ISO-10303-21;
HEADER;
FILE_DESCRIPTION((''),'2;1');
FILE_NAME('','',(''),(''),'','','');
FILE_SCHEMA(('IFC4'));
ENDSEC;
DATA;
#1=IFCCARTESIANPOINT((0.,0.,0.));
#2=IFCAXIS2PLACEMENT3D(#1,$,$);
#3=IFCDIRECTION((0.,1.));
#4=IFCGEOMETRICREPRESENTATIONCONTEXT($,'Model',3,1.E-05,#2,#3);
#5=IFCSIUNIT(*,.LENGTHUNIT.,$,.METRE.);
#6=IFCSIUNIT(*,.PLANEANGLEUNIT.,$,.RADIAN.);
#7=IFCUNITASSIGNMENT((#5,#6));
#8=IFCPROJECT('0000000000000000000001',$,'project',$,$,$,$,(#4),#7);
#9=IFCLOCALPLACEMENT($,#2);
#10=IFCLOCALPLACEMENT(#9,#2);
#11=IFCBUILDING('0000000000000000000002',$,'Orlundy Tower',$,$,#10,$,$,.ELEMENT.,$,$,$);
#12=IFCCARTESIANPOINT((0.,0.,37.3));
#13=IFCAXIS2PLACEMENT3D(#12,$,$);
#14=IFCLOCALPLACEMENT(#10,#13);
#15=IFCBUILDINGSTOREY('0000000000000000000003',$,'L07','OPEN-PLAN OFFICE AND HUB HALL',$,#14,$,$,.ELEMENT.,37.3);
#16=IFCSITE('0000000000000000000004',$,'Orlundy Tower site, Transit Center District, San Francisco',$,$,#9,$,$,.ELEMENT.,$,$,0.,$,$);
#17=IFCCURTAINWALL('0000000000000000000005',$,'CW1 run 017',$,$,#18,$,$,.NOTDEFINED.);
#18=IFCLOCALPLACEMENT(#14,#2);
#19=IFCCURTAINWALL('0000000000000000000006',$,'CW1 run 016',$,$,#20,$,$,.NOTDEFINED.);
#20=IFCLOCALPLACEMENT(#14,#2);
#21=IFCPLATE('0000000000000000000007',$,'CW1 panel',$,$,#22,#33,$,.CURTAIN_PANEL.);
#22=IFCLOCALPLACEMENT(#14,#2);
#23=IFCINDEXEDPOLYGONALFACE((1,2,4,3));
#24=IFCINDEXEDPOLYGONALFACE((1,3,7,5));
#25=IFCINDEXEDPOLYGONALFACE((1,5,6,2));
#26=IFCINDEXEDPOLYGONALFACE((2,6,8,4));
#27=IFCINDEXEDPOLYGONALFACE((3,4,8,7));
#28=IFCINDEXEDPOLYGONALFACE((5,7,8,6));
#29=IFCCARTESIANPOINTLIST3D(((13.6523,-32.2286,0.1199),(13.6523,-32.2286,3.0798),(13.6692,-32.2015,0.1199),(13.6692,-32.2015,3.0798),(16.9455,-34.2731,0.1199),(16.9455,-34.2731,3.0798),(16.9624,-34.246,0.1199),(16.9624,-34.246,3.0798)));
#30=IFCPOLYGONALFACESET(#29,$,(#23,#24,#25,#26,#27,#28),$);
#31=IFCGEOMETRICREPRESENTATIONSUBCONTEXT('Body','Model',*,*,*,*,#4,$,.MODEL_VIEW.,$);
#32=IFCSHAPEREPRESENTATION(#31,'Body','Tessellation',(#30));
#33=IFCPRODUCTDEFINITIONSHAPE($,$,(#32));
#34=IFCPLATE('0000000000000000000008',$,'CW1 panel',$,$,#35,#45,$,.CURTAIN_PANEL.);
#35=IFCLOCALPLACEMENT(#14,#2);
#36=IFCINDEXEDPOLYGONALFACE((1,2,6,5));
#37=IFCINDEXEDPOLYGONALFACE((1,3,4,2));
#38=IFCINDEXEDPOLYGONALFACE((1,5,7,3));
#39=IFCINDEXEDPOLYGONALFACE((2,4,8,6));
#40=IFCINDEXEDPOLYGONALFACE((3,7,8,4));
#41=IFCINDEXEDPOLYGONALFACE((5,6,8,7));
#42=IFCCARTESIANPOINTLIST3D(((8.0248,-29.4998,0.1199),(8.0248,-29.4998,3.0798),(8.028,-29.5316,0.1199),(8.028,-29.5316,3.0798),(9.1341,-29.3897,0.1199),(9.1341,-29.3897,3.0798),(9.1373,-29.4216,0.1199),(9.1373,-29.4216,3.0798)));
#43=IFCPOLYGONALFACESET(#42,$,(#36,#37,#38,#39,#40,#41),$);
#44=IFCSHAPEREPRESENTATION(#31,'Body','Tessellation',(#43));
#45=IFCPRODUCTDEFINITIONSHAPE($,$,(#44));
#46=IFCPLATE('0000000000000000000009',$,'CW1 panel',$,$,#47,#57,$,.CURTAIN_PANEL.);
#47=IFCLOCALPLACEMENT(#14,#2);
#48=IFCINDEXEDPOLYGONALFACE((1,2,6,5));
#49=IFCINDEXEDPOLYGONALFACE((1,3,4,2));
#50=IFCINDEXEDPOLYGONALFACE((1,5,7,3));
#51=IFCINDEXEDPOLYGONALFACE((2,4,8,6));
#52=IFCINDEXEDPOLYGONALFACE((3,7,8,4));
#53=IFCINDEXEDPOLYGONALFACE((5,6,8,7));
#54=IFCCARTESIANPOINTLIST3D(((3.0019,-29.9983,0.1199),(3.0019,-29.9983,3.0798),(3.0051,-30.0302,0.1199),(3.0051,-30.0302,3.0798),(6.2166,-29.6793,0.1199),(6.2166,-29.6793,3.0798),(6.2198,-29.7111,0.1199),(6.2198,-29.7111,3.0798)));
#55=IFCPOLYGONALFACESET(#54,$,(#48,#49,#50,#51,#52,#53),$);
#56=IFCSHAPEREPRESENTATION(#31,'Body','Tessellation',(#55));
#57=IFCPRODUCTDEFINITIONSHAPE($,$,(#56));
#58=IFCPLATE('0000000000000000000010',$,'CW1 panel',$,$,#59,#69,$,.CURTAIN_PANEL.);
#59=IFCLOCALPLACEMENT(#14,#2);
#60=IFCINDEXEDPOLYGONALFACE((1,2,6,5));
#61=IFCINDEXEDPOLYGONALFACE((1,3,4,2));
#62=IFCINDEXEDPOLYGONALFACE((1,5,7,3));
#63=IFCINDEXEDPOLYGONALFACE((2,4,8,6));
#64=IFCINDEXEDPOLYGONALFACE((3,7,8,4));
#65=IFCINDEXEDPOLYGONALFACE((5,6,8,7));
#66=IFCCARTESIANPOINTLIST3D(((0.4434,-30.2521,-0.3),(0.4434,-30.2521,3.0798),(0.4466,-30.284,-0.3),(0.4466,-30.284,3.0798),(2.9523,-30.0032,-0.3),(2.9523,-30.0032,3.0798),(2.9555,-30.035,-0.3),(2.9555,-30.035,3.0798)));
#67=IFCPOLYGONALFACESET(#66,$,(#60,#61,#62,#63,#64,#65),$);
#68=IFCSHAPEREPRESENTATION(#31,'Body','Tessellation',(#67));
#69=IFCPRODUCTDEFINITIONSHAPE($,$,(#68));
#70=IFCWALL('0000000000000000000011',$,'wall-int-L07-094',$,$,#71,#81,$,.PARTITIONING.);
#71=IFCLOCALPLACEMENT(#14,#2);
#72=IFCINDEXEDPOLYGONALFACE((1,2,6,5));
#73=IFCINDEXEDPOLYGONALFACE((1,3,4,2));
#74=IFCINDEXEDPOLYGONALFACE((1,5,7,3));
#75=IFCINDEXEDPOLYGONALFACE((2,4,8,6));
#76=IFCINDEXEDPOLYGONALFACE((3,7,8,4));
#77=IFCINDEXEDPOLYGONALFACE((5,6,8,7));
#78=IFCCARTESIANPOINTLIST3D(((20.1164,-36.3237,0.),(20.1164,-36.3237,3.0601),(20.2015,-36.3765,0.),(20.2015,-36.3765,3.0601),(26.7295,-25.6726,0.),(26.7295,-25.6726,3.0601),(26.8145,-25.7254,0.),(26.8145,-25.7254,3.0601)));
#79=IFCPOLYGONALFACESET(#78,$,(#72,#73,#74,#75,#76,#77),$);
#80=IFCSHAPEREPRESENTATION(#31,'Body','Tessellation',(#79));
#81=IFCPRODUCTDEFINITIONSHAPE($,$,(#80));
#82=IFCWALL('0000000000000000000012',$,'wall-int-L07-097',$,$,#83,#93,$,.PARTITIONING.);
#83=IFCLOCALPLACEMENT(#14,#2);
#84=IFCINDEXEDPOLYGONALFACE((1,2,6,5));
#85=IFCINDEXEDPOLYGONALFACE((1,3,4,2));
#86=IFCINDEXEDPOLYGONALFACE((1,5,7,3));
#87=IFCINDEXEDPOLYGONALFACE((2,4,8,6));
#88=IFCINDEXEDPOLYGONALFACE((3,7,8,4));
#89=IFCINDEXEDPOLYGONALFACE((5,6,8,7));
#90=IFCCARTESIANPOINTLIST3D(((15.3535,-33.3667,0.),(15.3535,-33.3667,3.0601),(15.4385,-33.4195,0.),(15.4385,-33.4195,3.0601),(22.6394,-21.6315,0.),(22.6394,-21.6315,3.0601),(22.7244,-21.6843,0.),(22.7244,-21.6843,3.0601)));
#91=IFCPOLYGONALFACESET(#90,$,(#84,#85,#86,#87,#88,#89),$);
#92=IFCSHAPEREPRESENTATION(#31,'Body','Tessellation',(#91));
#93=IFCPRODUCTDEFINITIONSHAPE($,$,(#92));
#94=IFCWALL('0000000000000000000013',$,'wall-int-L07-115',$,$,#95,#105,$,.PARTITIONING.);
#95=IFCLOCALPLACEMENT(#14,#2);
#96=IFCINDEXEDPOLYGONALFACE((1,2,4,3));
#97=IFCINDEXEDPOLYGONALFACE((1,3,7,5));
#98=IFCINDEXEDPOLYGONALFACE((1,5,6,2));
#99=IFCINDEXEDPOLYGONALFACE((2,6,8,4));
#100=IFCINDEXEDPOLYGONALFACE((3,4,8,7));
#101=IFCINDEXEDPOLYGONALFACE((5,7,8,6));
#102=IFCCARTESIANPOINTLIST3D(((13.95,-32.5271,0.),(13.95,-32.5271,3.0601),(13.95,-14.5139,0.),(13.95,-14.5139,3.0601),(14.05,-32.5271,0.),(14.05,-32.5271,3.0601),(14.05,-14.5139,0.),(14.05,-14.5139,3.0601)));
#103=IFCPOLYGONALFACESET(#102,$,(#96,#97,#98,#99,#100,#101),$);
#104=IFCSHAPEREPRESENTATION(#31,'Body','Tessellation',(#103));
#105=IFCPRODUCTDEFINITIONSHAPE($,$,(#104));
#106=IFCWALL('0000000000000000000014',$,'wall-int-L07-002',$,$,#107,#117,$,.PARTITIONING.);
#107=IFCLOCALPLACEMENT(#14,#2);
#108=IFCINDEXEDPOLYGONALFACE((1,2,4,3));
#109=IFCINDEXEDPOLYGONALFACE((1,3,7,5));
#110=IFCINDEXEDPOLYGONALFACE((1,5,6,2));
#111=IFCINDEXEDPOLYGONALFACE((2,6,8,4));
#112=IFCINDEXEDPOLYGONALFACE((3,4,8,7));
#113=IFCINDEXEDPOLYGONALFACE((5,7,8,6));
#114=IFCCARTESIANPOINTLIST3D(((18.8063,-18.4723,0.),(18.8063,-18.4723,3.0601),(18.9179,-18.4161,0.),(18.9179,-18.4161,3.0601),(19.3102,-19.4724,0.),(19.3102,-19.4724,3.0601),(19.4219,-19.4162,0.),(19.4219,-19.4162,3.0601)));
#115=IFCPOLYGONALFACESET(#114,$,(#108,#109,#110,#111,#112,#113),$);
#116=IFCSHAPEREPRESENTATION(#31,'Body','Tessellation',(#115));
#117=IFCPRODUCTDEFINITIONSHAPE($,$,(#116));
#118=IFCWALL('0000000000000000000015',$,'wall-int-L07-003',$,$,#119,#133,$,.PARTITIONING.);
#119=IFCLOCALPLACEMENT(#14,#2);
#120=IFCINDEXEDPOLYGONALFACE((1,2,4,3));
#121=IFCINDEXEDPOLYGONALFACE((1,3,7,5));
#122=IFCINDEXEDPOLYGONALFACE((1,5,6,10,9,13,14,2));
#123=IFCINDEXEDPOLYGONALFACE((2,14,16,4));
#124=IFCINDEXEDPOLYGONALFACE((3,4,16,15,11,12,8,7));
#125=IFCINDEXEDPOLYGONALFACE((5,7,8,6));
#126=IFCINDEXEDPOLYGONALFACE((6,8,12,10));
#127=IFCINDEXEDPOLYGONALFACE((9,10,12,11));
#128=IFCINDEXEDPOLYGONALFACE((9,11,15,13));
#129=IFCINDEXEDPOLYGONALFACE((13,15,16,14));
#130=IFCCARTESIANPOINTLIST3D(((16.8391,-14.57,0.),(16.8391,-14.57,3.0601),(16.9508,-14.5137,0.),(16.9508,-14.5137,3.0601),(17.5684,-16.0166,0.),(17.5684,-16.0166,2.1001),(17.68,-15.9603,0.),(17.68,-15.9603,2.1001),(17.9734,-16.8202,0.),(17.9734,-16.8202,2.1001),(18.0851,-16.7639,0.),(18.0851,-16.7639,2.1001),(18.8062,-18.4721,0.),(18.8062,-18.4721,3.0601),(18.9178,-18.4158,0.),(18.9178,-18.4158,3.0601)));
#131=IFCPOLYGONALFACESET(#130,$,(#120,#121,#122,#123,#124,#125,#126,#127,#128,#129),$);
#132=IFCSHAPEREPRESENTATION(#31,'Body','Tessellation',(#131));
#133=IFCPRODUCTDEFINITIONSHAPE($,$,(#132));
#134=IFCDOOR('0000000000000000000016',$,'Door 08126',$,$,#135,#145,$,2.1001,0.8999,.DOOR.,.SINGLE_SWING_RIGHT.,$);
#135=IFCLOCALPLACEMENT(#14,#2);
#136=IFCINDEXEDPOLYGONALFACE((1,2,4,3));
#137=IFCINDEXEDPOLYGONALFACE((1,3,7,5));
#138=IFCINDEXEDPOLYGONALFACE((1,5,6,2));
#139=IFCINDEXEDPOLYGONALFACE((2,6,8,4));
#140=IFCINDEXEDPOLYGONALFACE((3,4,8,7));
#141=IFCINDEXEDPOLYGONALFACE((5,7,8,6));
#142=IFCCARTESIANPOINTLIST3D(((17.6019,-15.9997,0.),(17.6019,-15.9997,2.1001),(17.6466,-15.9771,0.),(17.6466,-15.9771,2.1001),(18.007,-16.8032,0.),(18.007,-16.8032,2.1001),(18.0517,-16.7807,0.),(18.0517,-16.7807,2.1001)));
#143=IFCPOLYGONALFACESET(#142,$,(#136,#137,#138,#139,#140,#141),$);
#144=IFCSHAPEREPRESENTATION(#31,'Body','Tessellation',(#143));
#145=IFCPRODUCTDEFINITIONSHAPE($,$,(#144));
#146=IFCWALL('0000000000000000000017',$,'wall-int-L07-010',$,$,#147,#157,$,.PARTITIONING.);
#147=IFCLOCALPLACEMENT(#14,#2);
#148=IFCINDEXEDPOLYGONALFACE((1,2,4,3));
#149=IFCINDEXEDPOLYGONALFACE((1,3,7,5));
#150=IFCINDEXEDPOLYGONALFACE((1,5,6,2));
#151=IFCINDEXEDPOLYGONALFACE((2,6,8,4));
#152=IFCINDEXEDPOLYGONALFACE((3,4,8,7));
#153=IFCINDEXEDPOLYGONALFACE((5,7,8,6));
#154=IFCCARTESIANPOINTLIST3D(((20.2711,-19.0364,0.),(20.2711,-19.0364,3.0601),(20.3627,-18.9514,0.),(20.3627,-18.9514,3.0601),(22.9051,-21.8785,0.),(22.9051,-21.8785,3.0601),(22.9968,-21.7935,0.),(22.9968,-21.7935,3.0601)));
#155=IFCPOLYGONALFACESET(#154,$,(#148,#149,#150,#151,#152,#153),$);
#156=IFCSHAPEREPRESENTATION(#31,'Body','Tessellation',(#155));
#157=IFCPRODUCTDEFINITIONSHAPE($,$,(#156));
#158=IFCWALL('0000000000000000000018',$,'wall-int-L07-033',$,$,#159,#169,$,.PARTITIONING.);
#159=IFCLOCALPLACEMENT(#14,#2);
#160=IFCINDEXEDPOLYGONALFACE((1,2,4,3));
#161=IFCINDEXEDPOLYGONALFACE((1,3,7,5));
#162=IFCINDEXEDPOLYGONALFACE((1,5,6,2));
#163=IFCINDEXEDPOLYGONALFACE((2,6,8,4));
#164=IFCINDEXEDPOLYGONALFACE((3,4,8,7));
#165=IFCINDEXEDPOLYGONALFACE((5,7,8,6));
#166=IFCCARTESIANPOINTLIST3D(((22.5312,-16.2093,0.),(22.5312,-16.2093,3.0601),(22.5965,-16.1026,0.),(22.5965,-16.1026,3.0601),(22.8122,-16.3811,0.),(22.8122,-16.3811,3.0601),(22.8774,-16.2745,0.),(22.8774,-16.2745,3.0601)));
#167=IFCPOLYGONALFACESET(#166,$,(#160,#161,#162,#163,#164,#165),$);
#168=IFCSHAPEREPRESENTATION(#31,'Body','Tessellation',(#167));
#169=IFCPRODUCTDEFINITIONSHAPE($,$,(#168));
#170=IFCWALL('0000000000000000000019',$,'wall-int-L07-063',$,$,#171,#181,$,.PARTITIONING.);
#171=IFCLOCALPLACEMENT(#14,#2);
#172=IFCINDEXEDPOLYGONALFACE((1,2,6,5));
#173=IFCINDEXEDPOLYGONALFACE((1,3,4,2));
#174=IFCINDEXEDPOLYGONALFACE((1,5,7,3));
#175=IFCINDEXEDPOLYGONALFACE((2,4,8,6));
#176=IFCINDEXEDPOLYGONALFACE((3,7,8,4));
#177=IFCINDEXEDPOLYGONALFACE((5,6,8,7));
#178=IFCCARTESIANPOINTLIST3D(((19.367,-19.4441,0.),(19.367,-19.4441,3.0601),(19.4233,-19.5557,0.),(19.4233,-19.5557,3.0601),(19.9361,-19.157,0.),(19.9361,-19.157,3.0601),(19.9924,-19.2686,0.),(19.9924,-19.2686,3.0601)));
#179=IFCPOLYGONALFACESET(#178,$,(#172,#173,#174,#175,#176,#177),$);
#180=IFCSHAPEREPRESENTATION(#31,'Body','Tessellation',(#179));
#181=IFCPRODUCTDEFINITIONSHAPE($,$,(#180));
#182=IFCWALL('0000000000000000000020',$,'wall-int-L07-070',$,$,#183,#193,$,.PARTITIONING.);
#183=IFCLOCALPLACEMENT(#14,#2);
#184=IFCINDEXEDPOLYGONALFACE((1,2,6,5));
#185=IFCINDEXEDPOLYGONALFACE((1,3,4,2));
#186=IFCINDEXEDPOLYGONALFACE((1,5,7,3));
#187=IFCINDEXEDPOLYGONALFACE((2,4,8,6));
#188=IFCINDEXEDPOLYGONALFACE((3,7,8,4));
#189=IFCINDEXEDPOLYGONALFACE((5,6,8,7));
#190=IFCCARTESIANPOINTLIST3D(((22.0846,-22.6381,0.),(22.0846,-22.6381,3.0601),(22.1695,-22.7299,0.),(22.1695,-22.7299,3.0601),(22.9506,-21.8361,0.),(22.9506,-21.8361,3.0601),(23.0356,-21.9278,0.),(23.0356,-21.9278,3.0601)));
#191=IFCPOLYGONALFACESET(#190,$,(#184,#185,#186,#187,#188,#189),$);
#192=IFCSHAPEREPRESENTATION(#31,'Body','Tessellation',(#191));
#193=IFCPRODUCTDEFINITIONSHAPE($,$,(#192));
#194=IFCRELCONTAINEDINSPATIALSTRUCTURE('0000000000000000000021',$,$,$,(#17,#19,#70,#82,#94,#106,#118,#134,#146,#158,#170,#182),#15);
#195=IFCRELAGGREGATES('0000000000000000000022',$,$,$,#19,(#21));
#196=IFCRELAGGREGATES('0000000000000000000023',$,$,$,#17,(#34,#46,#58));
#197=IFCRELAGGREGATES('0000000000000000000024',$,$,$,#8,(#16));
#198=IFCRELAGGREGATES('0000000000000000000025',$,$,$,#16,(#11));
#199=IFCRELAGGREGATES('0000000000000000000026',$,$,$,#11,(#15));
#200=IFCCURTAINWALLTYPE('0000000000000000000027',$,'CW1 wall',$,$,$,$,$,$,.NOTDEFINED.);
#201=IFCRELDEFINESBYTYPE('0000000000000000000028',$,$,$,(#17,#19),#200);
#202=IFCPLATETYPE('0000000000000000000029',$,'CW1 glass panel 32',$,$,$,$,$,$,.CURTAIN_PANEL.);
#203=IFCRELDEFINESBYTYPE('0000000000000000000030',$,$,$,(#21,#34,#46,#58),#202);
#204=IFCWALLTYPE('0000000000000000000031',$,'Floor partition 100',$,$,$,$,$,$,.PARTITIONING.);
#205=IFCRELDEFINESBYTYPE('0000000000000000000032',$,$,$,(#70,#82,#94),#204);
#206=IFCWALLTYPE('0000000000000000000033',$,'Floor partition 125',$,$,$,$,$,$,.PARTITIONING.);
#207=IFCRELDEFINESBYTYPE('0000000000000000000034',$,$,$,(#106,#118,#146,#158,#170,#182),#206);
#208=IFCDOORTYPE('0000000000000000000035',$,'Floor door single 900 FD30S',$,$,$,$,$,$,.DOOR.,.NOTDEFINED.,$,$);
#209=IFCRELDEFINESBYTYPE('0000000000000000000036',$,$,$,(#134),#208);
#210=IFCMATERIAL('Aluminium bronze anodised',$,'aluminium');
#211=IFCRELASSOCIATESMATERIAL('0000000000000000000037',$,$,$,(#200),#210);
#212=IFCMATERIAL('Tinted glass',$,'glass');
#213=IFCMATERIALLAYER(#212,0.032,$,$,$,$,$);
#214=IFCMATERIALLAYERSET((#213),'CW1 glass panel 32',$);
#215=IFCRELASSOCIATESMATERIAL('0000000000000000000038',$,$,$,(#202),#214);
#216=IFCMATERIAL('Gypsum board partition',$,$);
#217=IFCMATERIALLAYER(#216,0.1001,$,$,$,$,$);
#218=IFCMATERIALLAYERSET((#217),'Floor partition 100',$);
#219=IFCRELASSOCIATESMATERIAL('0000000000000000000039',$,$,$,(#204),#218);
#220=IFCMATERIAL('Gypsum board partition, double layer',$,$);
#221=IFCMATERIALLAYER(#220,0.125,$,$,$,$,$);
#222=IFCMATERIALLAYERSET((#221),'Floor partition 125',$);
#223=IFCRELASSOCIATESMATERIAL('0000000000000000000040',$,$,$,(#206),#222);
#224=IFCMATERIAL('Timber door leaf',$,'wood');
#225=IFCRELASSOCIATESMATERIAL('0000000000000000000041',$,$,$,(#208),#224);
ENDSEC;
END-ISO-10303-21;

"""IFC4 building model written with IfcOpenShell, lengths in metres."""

from ifc_helpers import new_model, si_unit, direction, frame, frame_2d, origin, origin_2d, place, context, subcontext, project, spatial, rectangle, extrude, material, layer, layer_set, type_object, element, fill, aggregate, save


model = new_model("IFC4")

# Units and contexts
model_context = context("Model", 3, precision=1e-05, world=origin(), true_north=direction((0.0, 1.0)))
body_context = subcontext(model_context, "Body", "Model", "MODEL_VIEW")
ifc_project = project(units=[si_unit("LENGTHUNIT", "METRE"), si_unit("PLANEANGLEUNIT", "RADIAN")], contexts=[model_context])

# Site, building, storey
site_placement = place(None, origin())
site = spatial("IfcSite", under=ifc_project, at=site_placement, Name="Orlundy Tower site, Transit Center District, San Francisco", CompositionType="ELEMENT", RefElevation=0.0)
building_placement = place(site_placement, origin())
building = spatial("IfcBuilding", under=site, at=building_placement, Name="Orlundy Tower", CompositionType="ELEMENT")
storey_placement = place(building_placement, frame((0.0, 0.0, 37.3)))
storey = spatial("IfcBuildingStorey", under=building, at=storey_placement, Name="L07", Description="OPEN-PLAN OFFICE AND HUB HALL", CompositionType="ELEMENT", Elevation=37.3)

# Curtain walls
ifc_material_1 = material(Name="Aluminium bronze anodised", Category="aluminium")
curtain_wall_type = type_object("IfcCurtainWallType", Name="CW1 wall", PredefinedType="NOTDEFINED", material=ifc_material_1)
curtain_wall_1_placement = place(storey_placement, origin())
curtain_wall_1 = element("IfcCurtainWall", 1, at=curtain_wall_1_placement, inside=storey, type_object=curtain_wall_type, Name="CW1 run 017", PredefinedType="NOTDEFINED")
curtain_wall_2_placement = place(storey_placement, origin())
curtain_wall_2 = element("IfcCurtainWall", 2, at=curtain_wall_2_placement, inside=storey, type_object=curtain_wall_type, Name="CW1 run 016", PredefinedType="NOTDEFINED")

# Plates
ifc_material_2 = material(Name="Tinted glass", Category="glass")
ifc_layer_1 = layer(ifc_material_2, 0.032)
ifc_layer_set_1 = layer_set([ifc_layer_1], Name="CW1 glass panel 32")
plate_type = type_object("IfcPlateType", Name="CW1 glass panel 32", PredefinedType="CURTAIN_PANEL", material=ifc_layer_set_1)
plate_1_placement = place(storey_placement, frame((15.3074, -33.2373, 0.1199), z_axis=(0.0, 0.0, 1.0), x_axis=(-0.849587, 0.527449, 0.0)))
plate_1 = element("IfcPlate", 3, at=plate_1_placement, type_object=plate_type, Name="CW1 panel", PredefinedType="CURTAIN_PANEL", context=body_context, shape_type="SweptSolid", body=[
    extrude(rectangle(XDim=3.8762, YDim=0.032, at=origin_2d()), origin(), (0.0, 0.0, 1.0), 2.96),
])
aggregate(curtain_wall_2, [plate_1])
plate_2_placement = place(storey_placement, frame((8.5811, -29.4607, 0.1199), z_axis=(0.0, 0.0, 1.0), x_axis=(-0.995112, -0.09875, 0.0)))
plate_2 = element("IfcPlate", 4, at=plate_2_placement, type_object=plate_type, Name="CW1 panel", PredefinedType="CURTAIN_PANEL", context=body_context, shape_type="SweptSolid", body=[
    extrude(rectangle(XDim=1.1147, YDim=0.032, at=origin_2d()), origin(), (0.0, 0.0, 1.0), 2.96),
])
plate_3_placement = place(storey_placement, frame((4.6108, -29.8547, 0.1199), z_axis=(0.0, 0.0, 1.0), x_axis=(-0.995112, -0.09875, 0.0)))
plate_3 = element("IfcPlate", 5, at=plate_3_placement, type_object=plate_type, Name="CW1 panel", PredefinedType="CURTAIN_PANEL", context=body_context, shape_type="SweptSolid", body=[
    extrude(rectangle(XDim=3.2305, YDim=0.032, at=origin_2d()), origin(), (0.0, 0.0, 1.0), 2.96),
])
plate_4_placement = place(storey_placement, frame((1.6995, -30.1436, -0.3), z_axis=(0.0, 0.0, 1.0), x_axis=(-0.995112, -0.09875, 0.0)))
plate_4 = element("IfcPlate", 6, at=plate_4_placement, type_object=plate_type, Name="CW1 panel", PredefinedType="CURTAIN_PANEL", context=body_context, shape_type="SweptSolid", body=[
    extrude(rectangle(XDim=2.5212, YDim=0.032, at=origin_2d()), origin(), (0.0, 0.0, 1.0), 3.3799),
])
aggregate(curtain_wall_1, [plate_2, plate_3, plate_4])

# Walls
ifc_material_3 = material(Name="Gypsum board partition")
ifc_layer_2 = layer(ifc_material_3, 0.1001)
ifc_layer_set_2 = layer_set([ifc_layer_2], Name="Floor partition 100")
wall_type_1 = type_object("IfcWallType", Name="Floor partition 100", PredefinedType="PARTITIONING", material=ifc_layer_set_2)
wall_1_placement = place(storey_placement, frame((20.1589, -36.3501, 0.0), z_axis=(0.0, 0.0, 1.0), x_axis=(0.527478, 0.849569, 0.0)))
element("IfcWall", 7, at=wall_1_placement, inside=storey, type_object=wall_type_1, Name="wall-int-L07-094", PredefinedType="PARTITIONING", context=body_context, shape_type="SweptSolid", body=[
    extrude(rectangle(XDim=12.5371, YDim=0.1001, at=frame_2d((6.2686, 0.0))), origin(), (0.0, 0.0, 1.0), 3.0601),
])
wall_2_placement = place(storey_placement, frame((15.396, -33.3931, 0.0), z_axis=(0.0, 0.0, 1.0), x_axis=(0.527469, 0.849574, 0.0)))
element("IfcWall", 8, at=wall_2_placement, inside=storey, type_object=wall_type_1, Name="wall-int-L07-097", PredefinedType="PARTITIONING", context=body_context, shape_type="SweptSolid", body=[
    extrude(rectangle(XDim=13.813, YDim=0.1001, at=frame_2d((6.9065, 0.0))), origin(), (0.0, 0.0, 1.0), 3.0601),
])
wall_3_placement = place(storey_placement, frame((14.0, -32.5271, 0.0), z_axis=(0.0, 0.0, 1.0), x_axis=(0.0, 1.0, 0.0)))
element("IfcWall", 9, at=wall_3_placement, inside=storey, type_object=wall_type_1, Name="wall-int-L07-115", PredefinedType="PARTITIONING", context=body_context, shape_type="SweptSolid", body=[
    extrude(rectangle(XDim=18.0132, YDim=0.1001, at=frame_2d((9.0066, 0.0))), origin(), (0.0, 0.0, 1.0), 3.0601),
])
ifc_material_4 = material(Name="Gypsum board partition, double layer")
ifc_layer_3 = layer(ifc_material_4, 0.125)
ifc_layer_set_3 = layer_set([ifc_layer_3], Name="Floor partition 125")
wall_type_2 = type_object("IfcWallType", Name="Floor partition 125", PredefinedType="PARTITIONING", material=ifc_layer_set_3)
wall_4_placement = place(storey_placement, frame((18.8621, -18.4441, 0.0), z_axis=(0.0, 0.0, 1.0), x_axis=(0.450002, -0.893027, 0.0)))
element("IfcWall", 10, at=wall_4_placement, inside=storey, type_object=wall_type_2, Name="wall-int-L07-002", PredefinedType="PARTITIONING", context=body_context, shape_type="SweptSolid", body=[
    extrude(rectangle(XDim=1.1199, YDim=0.125, at=frame_2d((0.5601, 0.0))), origin(), (0.0, 0.0, 1.0), 3.0601),
])

# Wall, opening, door
wall_5_placement = place(storey_placement, frame((18.8621, -18.4441, 0.0), z_axis=(0.0, 0.0, 1.0), x_axis=(-0.450139, 0.892959, 0.0)))
wall_5 = element("IfcWall", 11, at=wall_5_placement, inside=storey, type_object=wall_type_2, Name="wall-int-L07-003", PredefinedType="PARTITIONING", context=body_context, shape_type="SweptSolid", body=[
    extrude(rectangle(XDim=4.3699, YDim=0.125, at=frame_2d((2.1851, 0.0))), origin(), (0.0, 0.0, 1.0), 3.0601),
])
opening_1_placement = place(wall_5_placement, frame((1.8501, 0.0, 0.0)))
opening_1 = element("IfcOpeningElement", 12, at=opening_1_placement, cuts=wall_5, PredefinedType="OPENING", context=body_context, shape_type="SweptSolid", body=[
    extrude(rectangle(XDim=0.8999, YDim=2.1001, at=frame_2d((0.45, 1.05))), frame((0.0, 0.0725, 0.0), z_axis=(0.0, -1.0, 0.0), x_axis=(1.0, 0.0, 0.0)), (0.0, 0.0, 1.0), 0.145),
])
ifc_material_5 = material(Name="Timber door leaf", Category="wood")
door_type_1 = type_object("IfcDoorType", Name="Floor door single 900 FD30S", OperationType="NOTDEFINED", PredefinedType="DOOR", material=ifc_material_5)
door_1_placement = place(opening_1_placement, origin())
door_1 = element("IfcDoor", 13, at=door_1_placement, inside=storey, type_object=door_type_1, Name="Door 08126", OperationType="SINGLE_SWING_RIGHT", OverallHeight=2.1001, OverallWidth=0.8999, PredefinedType="DOOR", context=body_context, shape_type="SweptSolid", body=[
    extrude(rectangle(XDim=0.8999, YDim=2.1001, at=frame_2d((0.45, 1.05))), frame((0.0, 0.0249, 0.0), z_axis=(0.0, -1.0, 0.0), x_axis=(1.0, 0.0, 0.0)), (0.0, 0.0, 1.0), 0.05),
])
fill(opening_1, door_1)

# Walls
wall_6_placement = place(storey_placement, frame((20.3169, -18.9939, 0.0), z_axis=(0.0, 0.0, 1.0), x_axis=(0.679757, -0.733437, 0.0)))
element("IfcWall", 14, at=wall_6_placement, inside=storey, type_object=wall_type_2, Name="wall-int-L07-010", PredefinedType="PARTITIONING", context=body_context, shape_type="SweptSolid", body=[
    extrude(rectangle(XDim=3.875, YDim=0.125, at=frame_2d((1.9375, 0.0))), origin(), (0.0, 0.0, 1.0), 3.0601),
])
wall_7_placement = place(storey_placement, frame((22.564, -16.156, 0.0), z_axis=(0.0, 0.0, 1.0), x_axis=(0.85308, -0.52178, 0.0)))
element("IfcWall", 15, at=wall_7_placement, inside=storey, type_object=wall_type_2, Name="wall-int-L07-033", PredefinedType="PARTITIONING", context=body_context, shape_type="SweptSolid", body=[
    extrude(rectangle(XDim=0.3293, YDim=0.125, at=frame_2d((0.1646, 0.0))), origin(), (0.0, 0.0, 1.0), 3.0601),
])
wall_8_placement = place(storey_placement, frame((19.395, -19.5, 0.0), z_axis=(0.0, 0.0, 1.0), x_axis=(0.892813, 0.450428, 0.0)))
element("IfcWall", 16, at=wall_8_placement, inside=storey, type_object=wall_type_2, Name="wall-int-L07-063", PredefinedType="PARTITIONING", context=body_context, shape_type="SweptSolid", body=[
    extrude(rectangle(XDim=0.6375, YDim=0.125, at=frame_2d((0.3188, 0.0))), origin(), (0.0, 0.0, 1.0), 3.0601),
])
wall_9_placement = place(storey_placement, frame((22.127, -22.6841, 0.0), z_axis=(0.0, 0.0, 1.0), x_axis=(0.733684, 0.679491, 0.0)))
element("IfcWall", 17, at=wall_9_placement, inside=storey, type_object=wall_type_2, Name="wall-int-L07-070", PredefinedType="PARTITIONING", context=body_context, shape_type="SweptSolid", body=[
    extrude(rectangle(XDim=1.1804, YDim=0.125, at=frame_2d((0.5903, 0.0))), origin(), (0.0, 0.0, 1.0), 3.0601),
])

save(model, "model.ifc")
